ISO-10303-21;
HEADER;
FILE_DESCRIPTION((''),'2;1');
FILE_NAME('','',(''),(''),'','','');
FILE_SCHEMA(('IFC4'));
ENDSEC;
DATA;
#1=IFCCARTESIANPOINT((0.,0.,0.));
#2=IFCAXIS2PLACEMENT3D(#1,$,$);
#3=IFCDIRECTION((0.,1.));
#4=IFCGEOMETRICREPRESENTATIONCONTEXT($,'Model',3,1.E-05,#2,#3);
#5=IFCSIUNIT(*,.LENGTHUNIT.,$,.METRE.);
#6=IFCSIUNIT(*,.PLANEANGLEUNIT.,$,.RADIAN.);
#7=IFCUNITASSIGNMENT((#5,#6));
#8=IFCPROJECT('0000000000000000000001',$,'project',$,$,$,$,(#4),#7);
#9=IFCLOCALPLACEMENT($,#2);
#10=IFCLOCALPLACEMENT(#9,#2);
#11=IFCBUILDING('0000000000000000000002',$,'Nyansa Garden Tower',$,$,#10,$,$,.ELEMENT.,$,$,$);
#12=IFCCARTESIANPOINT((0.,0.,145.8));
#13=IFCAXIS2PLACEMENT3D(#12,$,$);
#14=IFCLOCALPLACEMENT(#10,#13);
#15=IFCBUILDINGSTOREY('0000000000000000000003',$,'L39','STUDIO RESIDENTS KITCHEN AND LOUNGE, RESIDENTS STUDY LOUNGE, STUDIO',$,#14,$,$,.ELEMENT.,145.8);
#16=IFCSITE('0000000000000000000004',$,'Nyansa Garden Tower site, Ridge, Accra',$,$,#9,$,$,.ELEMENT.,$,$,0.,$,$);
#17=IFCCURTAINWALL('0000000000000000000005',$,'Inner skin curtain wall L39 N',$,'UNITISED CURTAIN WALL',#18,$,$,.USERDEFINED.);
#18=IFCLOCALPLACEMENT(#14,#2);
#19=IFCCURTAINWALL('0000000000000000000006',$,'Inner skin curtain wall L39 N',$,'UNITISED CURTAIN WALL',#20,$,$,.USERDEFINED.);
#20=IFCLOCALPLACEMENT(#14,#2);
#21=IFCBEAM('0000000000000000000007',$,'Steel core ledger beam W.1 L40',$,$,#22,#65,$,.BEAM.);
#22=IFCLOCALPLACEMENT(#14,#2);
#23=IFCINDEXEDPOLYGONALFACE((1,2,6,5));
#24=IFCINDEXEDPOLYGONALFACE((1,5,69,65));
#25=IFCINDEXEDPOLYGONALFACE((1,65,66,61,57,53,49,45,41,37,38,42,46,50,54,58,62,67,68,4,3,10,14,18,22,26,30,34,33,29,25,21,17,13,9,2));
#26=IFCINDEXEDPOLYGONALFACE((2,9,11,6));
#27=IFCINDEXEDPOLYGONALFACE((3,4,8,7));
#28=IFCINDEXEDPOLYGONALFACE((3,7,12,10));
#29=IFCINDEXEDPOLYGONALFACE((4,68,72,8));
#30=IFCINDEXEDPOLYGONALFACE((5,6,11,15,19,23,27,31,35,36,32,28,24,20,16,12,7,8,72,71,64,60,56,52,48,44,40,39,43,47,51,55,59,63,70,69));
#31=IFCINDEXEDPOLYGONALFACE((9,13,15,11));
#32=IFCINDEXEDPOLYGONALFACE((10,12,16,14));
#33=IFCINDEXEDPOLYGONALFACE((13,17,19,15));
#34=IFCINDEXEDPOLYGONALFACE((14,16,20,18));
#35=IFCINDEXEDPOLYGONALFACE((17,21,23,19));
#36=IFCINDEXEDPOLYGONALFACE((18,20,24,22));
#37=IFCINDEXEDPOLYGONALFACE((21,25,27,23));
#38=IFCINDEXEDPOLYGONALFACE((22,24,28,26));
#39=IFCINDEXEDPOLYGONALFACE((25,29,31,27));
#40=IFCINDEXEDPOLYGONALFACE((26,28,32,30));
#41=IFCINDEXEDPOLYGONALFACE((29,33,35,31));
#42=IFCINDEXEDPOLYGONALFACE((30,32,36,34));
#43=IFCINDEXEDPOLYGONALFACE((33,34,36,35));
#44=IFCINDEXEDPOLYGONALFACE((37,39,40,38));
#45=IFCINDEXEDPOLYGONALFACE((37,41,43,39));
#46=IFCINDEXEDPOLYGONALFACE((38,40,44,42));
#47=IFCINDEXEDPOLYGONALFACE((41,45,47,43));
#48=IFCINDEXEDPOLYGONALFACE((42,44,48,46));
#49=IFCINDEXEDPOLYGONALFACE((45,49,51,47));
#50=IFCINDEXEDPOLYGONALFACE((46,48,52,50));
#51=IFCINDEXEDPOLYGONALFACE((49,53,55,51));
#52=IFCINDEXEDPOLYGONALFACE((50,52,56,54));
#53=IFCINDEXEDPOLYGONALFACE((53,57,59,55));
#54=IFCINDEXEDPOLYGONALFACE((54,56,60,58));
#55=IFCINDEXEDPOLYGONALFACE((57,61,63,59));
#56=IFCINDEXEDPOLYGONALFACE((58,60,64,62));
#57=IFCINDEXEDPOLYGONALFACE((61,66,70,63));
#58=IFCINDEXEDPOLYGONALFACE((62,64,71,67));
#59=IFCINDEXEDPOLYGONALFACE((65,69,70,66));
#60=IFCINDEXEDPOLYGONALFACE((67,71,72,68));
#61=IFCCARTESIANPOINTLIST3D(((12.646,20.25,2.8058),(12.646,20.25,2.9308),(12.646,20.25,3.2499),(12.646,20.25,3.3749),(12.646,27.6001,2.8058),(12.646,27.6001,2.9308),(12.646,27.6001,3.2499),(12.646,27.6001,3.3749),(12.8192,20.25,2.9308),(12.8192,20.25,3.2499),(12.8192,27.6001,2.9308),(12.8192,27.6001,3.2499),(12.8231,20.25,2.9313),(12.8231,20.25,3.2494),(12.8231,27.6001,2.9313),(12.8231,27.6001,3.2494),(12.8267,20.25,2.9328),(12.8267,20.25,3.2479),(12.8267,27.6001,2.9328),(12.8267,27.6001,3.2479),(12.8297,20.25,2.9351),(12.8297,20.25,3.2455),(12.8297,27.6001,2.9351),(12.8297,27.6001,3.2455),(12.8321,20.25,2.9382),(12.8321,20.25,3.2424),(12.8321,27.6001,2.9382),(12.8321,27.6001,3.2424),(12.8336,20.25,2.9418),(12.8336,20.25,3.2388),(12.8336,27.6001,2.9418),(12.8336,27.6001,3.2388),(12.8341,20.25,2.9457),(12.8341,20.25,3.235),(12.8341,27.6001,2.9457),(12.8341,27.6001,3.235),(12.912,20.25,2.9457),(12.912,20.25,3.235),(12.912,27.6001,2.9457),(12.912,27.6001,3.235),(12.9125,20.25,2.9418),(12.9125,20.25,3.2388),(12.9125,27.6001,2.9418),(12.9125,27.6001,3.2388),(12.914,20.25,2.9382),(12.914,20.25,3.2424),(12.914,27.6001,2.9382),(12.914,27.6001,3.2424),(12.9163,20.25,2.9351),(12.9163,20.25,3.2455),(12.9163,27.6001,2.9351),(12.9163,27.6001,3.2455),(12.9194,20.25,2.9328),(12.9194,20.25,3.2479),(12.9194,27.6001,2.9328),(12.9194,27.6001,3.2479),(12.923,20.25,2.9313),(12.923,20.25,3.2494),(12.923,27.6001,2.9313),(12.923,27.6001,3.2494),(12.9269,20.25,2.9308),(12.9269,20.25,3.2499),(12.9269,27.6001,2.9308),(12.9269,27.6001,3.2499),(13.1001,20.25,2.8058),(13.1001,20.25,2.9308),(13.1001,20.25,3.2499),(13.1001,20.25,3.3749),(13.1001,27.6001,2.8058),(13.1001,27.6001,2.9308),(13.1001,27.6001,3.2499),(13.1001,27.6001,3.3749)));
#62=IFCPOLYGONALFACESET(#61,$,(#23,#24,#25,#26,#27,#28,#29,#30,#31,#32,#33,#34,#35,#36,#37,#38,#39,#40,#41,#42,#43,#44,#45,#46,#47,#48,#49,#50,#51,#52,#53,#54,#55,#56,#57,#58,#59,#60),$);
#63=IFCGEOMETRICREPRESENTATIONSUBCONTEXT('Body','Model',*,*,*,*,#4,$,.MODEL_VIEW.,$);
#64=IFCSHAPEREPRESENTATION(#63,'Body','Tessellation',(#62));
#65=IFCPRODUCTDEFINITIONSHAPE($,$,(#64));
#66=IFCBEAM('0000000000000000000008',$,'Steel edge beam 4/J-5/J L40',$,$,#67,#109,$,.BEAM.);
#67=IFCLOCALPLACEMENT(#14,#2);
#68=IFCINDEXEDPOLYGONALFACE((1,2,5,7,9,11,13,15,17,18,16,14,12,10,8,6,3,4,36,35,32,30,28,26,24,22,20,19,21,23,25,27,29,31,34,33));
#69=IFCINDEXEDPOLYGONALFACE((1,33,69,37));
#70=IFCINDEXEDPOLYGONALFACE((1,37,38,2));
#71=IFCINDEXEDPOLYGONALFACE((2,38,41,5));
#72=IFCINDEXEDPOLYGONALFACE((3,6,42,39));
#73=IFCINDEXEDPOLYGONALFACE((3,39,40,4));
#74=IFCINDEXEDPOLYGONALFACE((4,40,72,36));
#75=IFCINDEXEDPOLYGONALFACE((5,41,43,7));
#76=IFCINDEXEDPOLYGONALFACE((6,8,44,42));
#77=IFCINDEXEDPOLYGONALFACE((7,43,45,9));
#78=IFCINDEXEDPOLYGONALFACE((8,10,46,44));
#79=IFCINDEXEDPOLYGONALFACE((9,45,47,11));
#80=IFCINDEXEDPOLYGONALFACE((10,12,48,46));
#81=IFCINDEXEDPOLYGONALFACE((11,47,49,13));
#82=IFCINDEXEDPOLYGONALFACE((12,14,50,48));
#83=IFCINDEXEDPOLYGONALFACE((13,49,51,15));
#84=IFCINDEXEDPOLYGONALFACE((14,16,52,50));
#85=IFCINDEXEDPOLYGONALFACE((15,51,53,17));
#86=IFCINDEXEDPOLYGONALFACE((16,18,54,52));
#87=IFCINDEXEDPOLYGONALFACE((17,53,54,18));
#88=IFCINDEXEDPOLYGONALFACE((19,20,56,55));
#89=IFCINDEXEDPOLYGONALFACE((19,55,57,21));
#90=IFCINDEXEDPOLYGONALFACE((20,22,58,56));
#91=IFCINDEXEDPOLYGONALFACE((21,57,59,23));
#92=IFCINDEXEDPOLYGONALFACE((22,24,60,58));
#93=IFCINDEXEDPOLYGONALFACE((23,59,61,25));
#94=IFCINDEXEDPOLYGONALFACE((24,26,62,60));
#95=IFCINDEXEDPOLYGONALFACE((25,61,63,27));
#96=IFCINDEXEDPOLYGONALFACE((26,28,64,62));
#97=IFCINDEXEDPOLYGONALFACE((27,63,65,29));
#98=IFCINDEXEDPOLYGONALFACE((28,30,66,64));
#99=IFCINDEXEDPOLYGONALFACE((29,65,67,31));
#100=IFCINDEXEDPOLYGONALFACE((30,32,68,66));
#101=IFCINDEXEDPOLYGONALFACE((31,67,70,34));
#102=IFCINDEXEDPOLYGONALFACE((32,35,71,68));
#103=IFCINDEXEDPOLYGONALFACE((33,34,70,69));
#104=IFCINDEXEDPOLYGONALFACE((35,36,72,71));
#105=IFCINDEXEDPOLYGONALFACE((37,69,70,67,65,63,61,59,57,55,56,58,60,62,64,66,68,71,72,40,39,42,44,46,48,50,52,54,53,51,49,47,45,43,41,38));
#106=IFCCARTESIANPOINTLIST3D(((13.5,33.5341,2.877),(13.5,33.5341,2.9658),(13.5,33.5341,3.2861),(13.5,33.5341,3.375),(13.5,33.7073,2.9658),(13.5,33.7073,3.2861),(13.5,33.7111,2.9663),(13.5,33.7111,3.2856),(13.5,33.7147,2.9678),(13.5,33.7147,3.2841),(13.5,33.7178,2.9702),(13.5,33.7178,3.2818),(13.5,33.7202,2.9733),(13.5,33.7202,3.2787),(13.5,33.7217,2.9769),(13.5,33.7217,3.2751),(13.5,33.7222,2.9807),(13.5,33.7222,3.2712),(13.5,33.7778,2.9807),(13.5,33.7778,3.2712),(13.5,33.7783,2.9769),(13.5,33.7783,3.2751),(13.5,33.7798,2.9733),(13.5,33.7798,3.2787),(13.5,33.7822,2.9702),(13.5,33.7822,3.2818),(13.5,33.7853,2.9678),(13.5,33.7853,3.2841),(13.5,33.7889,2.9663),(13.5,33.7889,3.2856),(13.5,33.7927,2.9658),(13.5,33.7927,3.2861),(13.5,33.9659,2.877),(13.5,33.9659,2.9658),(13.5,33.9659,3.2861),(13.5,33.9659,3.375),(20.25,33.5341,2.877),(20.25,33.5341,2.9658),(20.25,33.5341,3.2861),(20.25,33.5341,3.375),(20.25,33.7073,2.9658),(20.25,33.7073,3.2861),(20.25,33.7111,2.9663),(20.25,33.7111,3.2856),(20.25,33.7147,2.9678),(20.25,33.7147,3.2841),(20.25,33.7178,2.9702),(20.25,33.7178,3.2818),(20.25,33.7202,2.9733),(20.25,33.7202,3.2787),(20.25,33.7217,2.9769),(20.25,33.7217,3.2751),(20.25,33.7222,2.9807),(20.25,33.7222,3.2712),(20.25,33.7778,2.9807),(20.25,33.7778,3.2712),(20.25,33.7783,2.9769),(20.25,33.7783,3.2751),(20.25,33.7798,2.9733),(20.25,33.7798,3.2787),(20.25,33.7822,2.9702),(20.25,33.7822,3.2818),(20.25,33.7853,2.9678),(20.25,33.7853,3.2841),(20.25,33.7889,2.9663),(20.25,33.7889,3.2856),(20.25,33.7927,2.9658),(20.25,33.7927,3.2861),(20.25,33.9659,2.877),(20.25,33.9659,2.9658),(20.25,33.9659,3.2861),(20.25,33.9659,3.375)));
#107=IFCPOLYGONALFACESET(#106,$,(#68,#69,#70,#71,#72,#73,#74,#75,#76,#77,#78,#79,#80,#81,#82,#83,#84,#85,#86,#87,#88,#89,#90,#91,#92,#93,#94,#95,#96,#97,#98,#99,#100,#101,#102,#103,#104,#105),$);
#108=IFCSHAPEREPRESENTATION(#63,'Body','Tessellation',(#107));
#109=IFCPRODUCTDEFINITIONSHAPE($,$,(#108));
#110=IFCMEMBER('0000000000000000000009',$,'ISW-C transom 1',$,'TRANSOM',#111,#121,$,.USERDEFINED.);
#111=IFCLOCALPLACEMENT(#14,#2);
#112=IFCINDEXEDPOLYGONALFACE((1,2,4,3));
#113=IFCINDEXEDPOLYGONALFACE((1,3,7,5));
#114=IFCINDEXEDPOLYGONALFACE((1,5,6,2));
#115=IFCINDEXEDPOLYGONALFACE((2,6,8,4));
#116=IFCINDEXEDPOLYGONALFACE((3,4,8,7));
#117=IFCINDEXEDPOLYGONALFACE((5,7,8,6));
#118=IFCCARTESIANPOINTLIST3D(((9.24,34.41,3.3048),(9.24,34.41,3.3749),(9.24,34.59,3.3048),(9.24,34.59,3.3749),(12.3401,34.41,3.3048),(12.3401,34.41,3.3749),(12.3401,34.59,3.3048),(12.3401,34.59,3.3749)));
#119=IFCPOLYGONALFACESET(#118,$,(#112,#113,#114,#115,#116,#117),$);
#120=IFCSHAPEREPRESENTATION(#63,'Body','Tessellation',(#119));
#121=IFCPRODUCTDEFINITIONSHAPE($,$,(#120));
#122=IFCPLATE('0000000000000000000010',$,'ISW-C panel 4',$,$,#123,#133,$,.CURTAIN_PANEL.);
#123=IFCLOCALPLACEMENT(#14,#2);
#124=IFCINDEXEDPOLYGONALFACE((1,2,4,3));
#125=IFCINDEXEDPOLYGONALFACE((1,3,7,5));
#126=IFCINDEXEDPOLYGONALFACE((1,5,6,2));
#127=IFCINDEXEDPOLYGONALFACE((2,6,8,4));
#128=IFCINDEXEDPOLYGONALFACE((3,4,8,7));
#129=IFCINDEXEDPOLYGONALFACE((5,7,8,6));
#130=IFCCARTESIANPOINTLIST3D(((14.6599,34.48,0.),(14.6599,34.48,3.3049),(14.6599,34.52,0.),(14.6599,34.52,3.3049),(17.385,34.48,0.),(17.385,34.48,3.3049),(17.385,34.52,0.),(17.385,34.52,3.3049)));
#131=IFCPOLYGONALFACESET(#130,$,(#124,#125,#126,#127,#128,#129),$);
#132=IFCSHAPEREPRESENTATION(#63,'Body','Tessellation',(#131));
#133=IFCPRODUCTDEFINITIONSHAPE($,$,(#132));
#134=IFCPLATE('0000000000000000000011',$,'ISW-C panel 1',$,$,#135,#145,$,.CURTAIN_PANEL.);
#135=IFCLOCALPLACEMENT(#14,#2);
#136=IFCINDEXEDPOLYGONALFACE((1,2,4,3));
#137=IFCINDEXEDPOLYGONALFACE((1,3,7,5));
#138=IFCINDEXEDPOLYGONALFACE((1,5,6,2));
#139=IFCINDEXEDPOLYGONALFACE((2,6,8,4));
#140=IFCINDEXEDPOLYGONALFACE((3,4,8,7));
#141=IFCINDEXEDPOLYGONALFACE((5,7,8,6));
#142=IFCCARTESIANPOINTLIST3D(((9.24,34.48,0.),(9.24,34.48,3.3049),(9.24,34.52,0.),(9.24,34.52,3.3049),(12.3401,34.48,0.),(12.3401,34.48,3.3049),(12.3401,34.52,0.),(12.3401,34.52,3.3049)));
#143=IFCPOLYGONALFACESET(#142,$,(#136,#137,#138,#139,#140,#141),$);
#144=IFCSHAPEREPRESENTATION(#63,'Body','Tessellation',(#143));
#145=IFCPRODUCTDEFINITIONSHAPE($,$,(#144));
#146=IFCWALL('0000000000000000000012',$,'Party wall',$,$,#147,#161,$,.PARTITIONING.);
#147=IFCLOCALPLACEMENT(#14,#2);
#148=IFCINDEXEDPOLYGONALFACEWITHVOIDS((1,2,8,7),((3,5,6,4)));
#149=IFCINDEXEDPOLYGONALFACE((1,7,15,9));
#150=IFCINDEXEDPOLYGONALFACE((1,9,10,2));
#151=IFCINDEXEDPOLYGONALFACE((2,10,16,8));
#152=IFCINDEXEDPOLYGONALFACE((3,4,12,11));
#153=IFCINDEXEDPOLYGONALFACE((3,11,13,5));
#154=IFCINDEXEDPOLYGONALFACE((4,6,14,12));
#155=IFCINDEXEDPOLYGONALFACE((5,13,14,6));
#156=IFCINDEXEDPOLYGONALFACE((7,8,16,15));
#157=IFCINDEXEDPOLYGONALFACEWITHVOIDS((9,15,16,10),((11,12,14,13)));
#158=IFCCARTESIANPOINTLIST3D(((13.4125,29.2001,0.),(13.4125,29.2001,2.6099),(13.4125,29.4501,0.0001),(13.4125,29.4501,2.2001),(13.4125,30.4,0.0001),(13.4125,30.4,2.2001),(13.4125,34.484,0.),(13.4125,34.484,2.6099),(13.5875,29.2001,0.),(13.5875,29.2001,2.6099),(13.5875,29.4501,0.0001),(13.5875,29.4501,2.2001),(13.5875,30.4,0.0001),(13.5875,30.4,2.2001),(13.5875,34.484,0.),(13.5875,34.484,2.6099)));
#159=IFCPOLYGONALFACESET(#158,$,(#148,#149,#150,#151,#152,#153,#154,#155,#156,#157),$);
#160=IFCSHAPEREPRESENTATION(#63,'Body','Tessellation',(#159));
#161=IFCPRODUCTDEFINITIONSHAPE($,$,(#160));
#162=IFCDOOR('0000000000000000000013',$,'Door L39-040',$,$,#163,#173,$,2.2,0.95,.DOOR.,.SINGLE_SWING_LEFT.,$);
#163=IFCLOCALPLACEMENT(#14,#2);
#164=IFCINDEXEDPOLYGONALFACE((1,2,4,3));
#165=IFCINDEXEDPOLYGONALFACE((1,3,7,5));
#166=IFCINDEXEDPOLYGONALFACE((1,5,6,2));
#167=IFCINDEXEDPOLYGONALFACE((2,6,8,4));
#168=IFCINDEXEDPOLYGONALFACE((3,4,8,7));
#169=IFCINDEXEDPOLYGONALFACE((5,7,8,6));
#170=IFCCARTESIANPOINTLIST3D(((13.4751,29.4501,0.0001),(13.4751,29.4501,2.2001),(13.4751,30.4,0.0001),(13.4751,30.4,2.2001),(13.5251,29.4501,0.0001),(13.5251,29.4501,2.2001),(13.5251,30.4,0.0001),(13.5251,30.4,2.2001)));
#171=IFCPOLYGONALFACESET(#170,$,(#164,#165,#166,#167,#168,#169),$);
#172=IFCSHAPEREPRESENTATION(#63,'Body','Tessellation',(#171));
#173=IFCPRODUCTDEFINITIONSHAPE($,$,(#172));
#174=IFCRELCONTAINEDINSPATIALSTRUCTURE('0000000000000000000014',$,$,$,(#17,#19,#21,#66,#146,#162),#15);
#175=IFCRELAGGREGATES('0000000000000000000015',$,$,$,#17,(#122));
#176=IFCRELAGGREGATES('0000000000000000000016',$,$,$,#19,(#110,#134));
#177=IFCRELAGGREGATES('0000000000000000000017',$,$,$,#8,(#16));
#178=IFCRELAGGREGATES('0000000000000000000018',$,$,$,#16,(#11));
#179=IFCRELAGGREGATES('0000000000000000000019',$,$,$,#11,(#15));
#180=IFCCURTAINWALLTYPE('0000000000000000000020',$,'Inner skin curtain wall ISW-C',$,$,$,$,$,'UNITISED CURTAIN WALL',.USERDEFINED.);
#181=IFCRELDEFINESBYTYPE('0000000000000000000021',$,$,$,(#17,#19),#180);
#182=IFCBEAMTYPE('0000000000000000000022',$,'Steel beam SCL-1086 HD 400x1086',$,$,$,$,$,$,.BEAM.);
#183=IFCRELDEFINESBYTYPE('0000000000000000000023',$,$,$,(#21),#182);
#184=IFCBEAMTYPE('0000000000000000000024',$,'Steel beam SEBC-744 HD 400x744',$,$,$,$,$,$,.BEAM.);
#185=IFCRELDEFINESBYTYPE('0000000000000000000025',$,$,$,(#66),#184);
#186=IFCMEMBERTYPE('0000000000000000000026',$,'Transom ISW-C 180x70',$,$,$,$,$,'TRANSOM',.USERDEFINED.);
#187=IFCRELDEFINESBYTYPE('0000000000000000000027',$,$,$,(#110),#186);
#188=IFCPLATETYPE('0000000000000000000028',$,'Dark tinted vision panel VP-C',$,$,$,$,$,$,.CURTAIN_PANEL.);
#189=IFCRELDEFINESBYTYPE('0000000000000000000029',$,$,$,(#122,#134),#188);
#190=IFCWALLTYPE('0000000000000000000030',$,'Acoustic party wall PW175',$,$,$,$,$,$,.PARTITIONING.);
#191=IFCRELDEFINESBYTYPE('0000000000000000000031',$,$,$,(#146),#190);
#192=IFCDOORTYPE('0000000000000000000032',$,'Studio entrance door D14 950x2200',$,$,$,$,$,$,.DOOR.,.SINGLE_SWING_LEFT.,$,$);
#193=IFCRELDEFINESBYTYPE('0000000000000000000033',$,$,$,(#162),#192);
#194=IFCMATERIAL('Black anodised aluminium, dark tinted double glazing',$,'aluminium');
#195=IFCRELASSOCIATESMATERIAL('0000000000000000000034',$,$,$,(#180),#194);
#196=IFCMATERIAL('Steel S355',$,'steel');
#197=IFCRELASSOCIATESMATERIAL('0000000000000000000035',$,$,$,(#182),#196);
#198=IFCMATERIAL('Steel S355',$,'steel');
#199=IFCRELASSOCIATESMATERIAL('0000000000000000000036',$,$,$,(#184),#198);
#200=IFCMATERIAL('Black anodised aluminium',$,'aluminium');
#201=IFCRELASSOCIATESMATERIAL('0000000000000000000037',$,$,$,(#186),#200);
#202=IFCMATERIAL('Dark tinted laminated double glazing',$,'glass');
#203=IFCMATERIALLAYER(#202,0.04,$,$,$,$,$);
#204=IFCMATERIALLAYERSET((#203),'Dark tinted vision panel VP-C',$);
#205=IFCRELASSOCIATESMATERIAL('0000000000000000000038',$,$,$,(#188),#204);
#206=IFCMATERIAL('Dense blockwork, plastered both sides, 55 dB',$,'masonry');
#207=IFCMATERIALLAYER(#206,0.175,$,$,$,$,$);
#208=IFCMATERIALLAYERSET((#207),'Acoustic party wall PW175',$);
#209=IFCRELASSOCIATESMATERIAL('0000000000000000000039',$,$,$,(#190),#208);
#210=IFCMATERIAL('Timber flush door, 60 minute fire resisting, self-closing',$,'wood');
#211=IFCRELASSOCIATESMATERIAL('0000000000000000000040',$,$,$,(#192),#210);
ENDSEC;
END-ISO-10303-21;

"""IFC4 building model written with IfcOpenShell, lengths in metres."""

from ifc_helpers import new_model, si_unit, direction, frame, frame_2d, origin, origin_2d, place, context, subcontext, project, spatial, rectangle, i_section, extrude, material, layer, layer_set, material_profile, profile_set, type_object, element, fill, aggregate, save


model = new_model("IFC4")

# Units and contexts
model_context = context("Model", 3, precision=1e-05, world=origin(), true_north=direction((0.0, 1.0)))
body_context = subcontext(model_context, "Body", "Model", "MODEL_VIEW")
ifc_project = project(units=[si_unit("LENGTHUNIT", "METRE"), si_unit("PLANEANGLEUNIT", "RADIAN")], contexts=[model_context])

# Site, building, storey
site_placement = place(None, origin())
site = spatial("IfcSite", under=ifc_project, at=site_placement, Name="Nyansa Garden Tower site, Ridge, Accra", CompositionType="ELEMENT", RefElevation=0.0)
building_placement = place(site_placement, origin())
building = spatial("IfcBuilding", under=site, at=building_placement, Name="Nyansa Garden Tower", CompositionType="ELEMENT")
storey_placement = place(building_placement, frame((0.0, 0.0, 145.8)))
storey = spatial("IfcBuildingStorey", under=building, at=storey_placement, Name="L39", Description="STUDIO RESIDENTS KITCHEN AND LOUNGE, RESIDENTS STUDY LOUNGE, STUDIO", CompositionType="ELEMENT", Elevation=145.8)

# Curtain walls
ifc_material_1 = material(Name="Black anodised aluminium, dark tinted double glazing", Category="aluminium")
curtain_wall_type = type_object("IfcCurtainWallType", Name="Inner skin curtain wall ISW-C", ElementType="UNITISED CURTAIN WALL", PredefinedType="USERDEFINED", material=ifc_material_1)
curtain_wall_1_placement = place(storey_placement, origin())
curtain_wall_1 = element("IfcCurtainWall", 1, at=curtain_wall_1_placement, inside=storey, type_object=curtain_wall_type, Name="Inner skin curtain wall L39 N", ObjectType="UNITISED CURTAIN WALL", PredefinedType="USERDEFINED")
curtain_wall_2_placement = place(storey_placement, origin())
curtain_wall_2 = element("IfcCurtainWall", 2, at=curtain_wall_2_placement, inside=storey, type_object=curtain_wall_type, Name="Inner skin curtain wall L39 N", ObjectType="UNITISED CURTAIN WALL", PredefinedType="USERDEFINED")

# Beams
ifc_material_2 = material(Name="Steel S355", Category="steel")
ifc_material_profile_1 = material_profile(ifc_material_2, i_section(OverallWidth=0.4541, OverallDepth=0.5691, WebThickness=0.0779, FlangeThickness=0.125, FilletRadius=0.0149, at=origin_2d()), Name="HD 400x1086")
ifc_profile_set_1 = profile_set([ifc_material_profile_1], Name="Steel S355")
beam_type_1 = type_object("IfcBeamType", Name="Steel beam SCL-1086 HD 400x1086", PredefinedType="BEAM", material=ifc_profile_set_1)
beam_1_placement = place(storey_placement, frame((12.873, 27.6001, 3.0903), z_axis=(0.0, -1.0, 0.0), x_axis=(1.0, 0.0, 0.0)))
element("IfcBeam", 3, at=beam_1_placement, inside=storey, type_object=beam_type_1, Name="Steel core ledger beam W.1 L40", PredefinedType="BEAM", context=body_context, shape_type="SweptSolid", body=[
    extrude(i_section(OverallWidth=0.4541, OverallDepth=0.5691, WebThickness=0.0779, FlangeThickness=0.125, FilletRadius=0.0149, at=origin_2d()), origin(), (0.0, 0.0, 1.0), 7.3501),
])
ifc_material_3 = material(Name="Steel S355", Category="steel")
ifc_material_profile_2 = material_profile(ifc_material_3, i_section(OverallWidth=0.4319, OverallDepth=0.498, WebThickness=0.0557, FlangeThickness=0.0889, FilletRadius=0.0149, at=origin_2d()), Name="HD 400x744")
ifc_profile_set_2 = profile_set([ifc_material_profile_2], Name="Steel S355")
beam_type_2 = type_object("IfcBeamType", Name="Steel beam SEBC-744 HD 400x744", PredefinedType="BEAM", material=ifc_profile_set_2)
beam_2_placement = place(storey_placement, frame((13.5, 33.75, 3.126), z_axis=(1.0, 0.0, 0.0), x_axis=(0.0, 1.0, 0.0)))
element("IfcBeam", 4, at=beam_2_placement, inside=storey, type_object=beam_type_2, Name="Steel edge beam 4/J-5/J L40", PredefinedType="BEAM", context=body_context, shape_type="SweptSolid", body=[
    extrude(i_section(OverallWidth=0.4319, OverallDepth=0.498, WebThickness=0.0557, FlangeThickness=0.0889, FilletRadius=0.0149, at=origin_2d()), origin(), (0.0, 0.0, 1.0), 6.75),
])

# Member
ifc_material_4 = material(Name="Black anodised aluminium", Category="aluminium")
ifc_material_profile_3 = material_profile(ifc_material_4, rectangle(XDim=0.1799, YDim=0.0701, at=origin_2d()), Name="Transom 180x70")
ifc_profile_set_3 = profile_set([ifc_material_profile_3], Name="Black anodised aluminium")
member_type_1 = type_object("IfcMemberType", Name="Transom ISW-C 180x70", ElementType="TRANSOM", PredefinedType="USERDEFINED", material=ifc_profile_set_3)
member_1_placement = place(storey_placement, frame((12.3401, 34.5, 3.3398), z_axis=(-1.0, 0.0, 0.0), x_axis=(0.0, -1.0, 0.0)))
member_1 = element("IfcMember", 5, at=member_1_placement, type_object=member_type_1, Name="ISW-C transom 1", ObjectType="TRANSOM", PredefinedType="USERDEFINED", context=body_context, shape_type="SweptSolid", body=[
    extrude(rectangle(XDim=0.1799, YDim=0.0701, at=origin_2d()), origin(), (0.0, 0.0, 1.0), 3.1001),
])

# Plates
ifc_material_5 = material(Name="Dark tinted laminated double glazing", Category="glass")
ifc_layer_1 = layer(ifc_material_5, 0.04)
ifc_layer_set_1 = layer_set([ifc_layer_1], Name="Dark tinted vision panel VP-C")
plate_type = type_object("IfcPlateType", Name="Dark tinted vision panel VP-C", PredefinedType="CURTAIN_PANEL", material=ifc_layer_set_1)
plate_1_placement = place(storey_placement, frame((16.0225, 34.5, 0.0), z_axis=(0.0, 0.0, 1.0), x_axis=(-1.0, 0.0, 0.0)))
plate_1 = element("IfcPlate", 6, at=plate_1_placement, type_object=plate_type, Name="ISW-C panel 4", PredefinedType="CURTAIN_PANEL", context=body_context, shape_type="SweptSolid", body=[
    extrude(rectangle(XDim=2.7251, YDim=0.04, at=origin_2d()), origin(), (0.0, 0.0, 1.0), 3.3049),
])
aggregate(curtain_wall_1, [plate_1])
plate_2_placement = place(storey_placement, frame((10.79, 34.5, 0.0), z_axis=(0.0, 0.0, 1.0), x_axis=(-1.0, 0.0, 0.0)))
plate_2 = element("IfcPlate", 7, at=plate_2_placement, type_object=plate_type, Name="ISW-C panel 1", PredefinedType="CURTAIN_PANEL", context=body_context, shape_type="SweptSolid", body=[
    extrude(rectangle(XDim=3.1001, YDim=0.04, at=origin_2d()), origin(), (0.0, 0.0, 1.0), 3.3049),
])
aggregate(curtain_wall_2, [member_1, plate_2])

# Wall, opening, door
ifc_material_6 = material(Name="Dense blockwork, plastered both sides, 55 dB", Category="masonry")
ifc_layer_2 = layer(ifc_material_6, 0.175)
ifc_layer_set_2 = layer_set([ifc_layer_2], Name="Acoustic party wall PW175")
wall_type_1 = type_object("IfcWallType", Name="Acoustic party wall PW175", PredefinedType="PARTITIONING", material=ifc_layer_set_2)
wall_1_placement = place(storey_placement, frame((13.5, 29.2, 0.0), z_axis=(0.0, 0.0, 1.0), x_axis=(0.0, 1.0, 0.0)))
wall_1 = element("IfcWall", 8, at=wall_1_placement, inside=storey, type_object=wall_type_1, Name="Party wall", PredefinedType="PARTITIONING", context=body_context, shape_type="SweptSolid", body=[
    extrude(rectangle(XDim=5.2839, YDim=0.175, at=frame_2d((2.6421, 0.0))), origin(), (0.0, 0.0, 1.0), 2.6099),
])
opening_1_placement = place(wall_1_placement, frame((0.25, 0.0, 0.0)))
opening_1 = element("IfcOpeningElement", 9, at=opening_1_placement, cuts=wall_1, PredefinedType="OPENING", context=body_context, shape_type="SweptSolid", body=[
    extrude(rectangle(XDim=0.95, YDim=2.2, at=frame_2d((0.4751, 1.1001))), frame((0.0, 0.0974, 0.0), z_axis=(0.0, -1.0, 0.0), x_axis=(1.0, 0.0, 0.0)), (0.0, 0.0, 1.0), 0.1951),
])
ifc_material_7 = material(Name="Timber flush door, 60 minute fire resisting, self-closing", Category="wood")
door_type_1 = type_object("IfcDoorType", Name="Studio entrance door D14 950x2200", OperationType="SINGLE_SWING_LEFT", PredefinedType="DOOR", material=ifc_material_7)
door_1_placement = place(opening_1_placement, origin())
door_1 = element("IfcDoor", 10, at=door_1_placement, inside=storey, type_object=door_type_1, Name="Door L39-040", OperationType="SINGLE_SWING_LEFT", OverallHeight=2.2, OverallWidth=0.95, PredefinedType="DOOR", context=body_context, shape_type="SweptSolid", body=[
    extrude(rectangle(XDim=0.95, YDim=2.2, at=frame_2d((0.4751, 1.1001))), frame((0.0, 0.0249, 0.0), z_axis=(0.0, -1.0, 0.0), x_axis=(1.0, 0.0, 0.0)), (0.0, 0.0, 1.0), 0.05),
])
fill(opening_1, door_1)

save(model, "model.ifc")
